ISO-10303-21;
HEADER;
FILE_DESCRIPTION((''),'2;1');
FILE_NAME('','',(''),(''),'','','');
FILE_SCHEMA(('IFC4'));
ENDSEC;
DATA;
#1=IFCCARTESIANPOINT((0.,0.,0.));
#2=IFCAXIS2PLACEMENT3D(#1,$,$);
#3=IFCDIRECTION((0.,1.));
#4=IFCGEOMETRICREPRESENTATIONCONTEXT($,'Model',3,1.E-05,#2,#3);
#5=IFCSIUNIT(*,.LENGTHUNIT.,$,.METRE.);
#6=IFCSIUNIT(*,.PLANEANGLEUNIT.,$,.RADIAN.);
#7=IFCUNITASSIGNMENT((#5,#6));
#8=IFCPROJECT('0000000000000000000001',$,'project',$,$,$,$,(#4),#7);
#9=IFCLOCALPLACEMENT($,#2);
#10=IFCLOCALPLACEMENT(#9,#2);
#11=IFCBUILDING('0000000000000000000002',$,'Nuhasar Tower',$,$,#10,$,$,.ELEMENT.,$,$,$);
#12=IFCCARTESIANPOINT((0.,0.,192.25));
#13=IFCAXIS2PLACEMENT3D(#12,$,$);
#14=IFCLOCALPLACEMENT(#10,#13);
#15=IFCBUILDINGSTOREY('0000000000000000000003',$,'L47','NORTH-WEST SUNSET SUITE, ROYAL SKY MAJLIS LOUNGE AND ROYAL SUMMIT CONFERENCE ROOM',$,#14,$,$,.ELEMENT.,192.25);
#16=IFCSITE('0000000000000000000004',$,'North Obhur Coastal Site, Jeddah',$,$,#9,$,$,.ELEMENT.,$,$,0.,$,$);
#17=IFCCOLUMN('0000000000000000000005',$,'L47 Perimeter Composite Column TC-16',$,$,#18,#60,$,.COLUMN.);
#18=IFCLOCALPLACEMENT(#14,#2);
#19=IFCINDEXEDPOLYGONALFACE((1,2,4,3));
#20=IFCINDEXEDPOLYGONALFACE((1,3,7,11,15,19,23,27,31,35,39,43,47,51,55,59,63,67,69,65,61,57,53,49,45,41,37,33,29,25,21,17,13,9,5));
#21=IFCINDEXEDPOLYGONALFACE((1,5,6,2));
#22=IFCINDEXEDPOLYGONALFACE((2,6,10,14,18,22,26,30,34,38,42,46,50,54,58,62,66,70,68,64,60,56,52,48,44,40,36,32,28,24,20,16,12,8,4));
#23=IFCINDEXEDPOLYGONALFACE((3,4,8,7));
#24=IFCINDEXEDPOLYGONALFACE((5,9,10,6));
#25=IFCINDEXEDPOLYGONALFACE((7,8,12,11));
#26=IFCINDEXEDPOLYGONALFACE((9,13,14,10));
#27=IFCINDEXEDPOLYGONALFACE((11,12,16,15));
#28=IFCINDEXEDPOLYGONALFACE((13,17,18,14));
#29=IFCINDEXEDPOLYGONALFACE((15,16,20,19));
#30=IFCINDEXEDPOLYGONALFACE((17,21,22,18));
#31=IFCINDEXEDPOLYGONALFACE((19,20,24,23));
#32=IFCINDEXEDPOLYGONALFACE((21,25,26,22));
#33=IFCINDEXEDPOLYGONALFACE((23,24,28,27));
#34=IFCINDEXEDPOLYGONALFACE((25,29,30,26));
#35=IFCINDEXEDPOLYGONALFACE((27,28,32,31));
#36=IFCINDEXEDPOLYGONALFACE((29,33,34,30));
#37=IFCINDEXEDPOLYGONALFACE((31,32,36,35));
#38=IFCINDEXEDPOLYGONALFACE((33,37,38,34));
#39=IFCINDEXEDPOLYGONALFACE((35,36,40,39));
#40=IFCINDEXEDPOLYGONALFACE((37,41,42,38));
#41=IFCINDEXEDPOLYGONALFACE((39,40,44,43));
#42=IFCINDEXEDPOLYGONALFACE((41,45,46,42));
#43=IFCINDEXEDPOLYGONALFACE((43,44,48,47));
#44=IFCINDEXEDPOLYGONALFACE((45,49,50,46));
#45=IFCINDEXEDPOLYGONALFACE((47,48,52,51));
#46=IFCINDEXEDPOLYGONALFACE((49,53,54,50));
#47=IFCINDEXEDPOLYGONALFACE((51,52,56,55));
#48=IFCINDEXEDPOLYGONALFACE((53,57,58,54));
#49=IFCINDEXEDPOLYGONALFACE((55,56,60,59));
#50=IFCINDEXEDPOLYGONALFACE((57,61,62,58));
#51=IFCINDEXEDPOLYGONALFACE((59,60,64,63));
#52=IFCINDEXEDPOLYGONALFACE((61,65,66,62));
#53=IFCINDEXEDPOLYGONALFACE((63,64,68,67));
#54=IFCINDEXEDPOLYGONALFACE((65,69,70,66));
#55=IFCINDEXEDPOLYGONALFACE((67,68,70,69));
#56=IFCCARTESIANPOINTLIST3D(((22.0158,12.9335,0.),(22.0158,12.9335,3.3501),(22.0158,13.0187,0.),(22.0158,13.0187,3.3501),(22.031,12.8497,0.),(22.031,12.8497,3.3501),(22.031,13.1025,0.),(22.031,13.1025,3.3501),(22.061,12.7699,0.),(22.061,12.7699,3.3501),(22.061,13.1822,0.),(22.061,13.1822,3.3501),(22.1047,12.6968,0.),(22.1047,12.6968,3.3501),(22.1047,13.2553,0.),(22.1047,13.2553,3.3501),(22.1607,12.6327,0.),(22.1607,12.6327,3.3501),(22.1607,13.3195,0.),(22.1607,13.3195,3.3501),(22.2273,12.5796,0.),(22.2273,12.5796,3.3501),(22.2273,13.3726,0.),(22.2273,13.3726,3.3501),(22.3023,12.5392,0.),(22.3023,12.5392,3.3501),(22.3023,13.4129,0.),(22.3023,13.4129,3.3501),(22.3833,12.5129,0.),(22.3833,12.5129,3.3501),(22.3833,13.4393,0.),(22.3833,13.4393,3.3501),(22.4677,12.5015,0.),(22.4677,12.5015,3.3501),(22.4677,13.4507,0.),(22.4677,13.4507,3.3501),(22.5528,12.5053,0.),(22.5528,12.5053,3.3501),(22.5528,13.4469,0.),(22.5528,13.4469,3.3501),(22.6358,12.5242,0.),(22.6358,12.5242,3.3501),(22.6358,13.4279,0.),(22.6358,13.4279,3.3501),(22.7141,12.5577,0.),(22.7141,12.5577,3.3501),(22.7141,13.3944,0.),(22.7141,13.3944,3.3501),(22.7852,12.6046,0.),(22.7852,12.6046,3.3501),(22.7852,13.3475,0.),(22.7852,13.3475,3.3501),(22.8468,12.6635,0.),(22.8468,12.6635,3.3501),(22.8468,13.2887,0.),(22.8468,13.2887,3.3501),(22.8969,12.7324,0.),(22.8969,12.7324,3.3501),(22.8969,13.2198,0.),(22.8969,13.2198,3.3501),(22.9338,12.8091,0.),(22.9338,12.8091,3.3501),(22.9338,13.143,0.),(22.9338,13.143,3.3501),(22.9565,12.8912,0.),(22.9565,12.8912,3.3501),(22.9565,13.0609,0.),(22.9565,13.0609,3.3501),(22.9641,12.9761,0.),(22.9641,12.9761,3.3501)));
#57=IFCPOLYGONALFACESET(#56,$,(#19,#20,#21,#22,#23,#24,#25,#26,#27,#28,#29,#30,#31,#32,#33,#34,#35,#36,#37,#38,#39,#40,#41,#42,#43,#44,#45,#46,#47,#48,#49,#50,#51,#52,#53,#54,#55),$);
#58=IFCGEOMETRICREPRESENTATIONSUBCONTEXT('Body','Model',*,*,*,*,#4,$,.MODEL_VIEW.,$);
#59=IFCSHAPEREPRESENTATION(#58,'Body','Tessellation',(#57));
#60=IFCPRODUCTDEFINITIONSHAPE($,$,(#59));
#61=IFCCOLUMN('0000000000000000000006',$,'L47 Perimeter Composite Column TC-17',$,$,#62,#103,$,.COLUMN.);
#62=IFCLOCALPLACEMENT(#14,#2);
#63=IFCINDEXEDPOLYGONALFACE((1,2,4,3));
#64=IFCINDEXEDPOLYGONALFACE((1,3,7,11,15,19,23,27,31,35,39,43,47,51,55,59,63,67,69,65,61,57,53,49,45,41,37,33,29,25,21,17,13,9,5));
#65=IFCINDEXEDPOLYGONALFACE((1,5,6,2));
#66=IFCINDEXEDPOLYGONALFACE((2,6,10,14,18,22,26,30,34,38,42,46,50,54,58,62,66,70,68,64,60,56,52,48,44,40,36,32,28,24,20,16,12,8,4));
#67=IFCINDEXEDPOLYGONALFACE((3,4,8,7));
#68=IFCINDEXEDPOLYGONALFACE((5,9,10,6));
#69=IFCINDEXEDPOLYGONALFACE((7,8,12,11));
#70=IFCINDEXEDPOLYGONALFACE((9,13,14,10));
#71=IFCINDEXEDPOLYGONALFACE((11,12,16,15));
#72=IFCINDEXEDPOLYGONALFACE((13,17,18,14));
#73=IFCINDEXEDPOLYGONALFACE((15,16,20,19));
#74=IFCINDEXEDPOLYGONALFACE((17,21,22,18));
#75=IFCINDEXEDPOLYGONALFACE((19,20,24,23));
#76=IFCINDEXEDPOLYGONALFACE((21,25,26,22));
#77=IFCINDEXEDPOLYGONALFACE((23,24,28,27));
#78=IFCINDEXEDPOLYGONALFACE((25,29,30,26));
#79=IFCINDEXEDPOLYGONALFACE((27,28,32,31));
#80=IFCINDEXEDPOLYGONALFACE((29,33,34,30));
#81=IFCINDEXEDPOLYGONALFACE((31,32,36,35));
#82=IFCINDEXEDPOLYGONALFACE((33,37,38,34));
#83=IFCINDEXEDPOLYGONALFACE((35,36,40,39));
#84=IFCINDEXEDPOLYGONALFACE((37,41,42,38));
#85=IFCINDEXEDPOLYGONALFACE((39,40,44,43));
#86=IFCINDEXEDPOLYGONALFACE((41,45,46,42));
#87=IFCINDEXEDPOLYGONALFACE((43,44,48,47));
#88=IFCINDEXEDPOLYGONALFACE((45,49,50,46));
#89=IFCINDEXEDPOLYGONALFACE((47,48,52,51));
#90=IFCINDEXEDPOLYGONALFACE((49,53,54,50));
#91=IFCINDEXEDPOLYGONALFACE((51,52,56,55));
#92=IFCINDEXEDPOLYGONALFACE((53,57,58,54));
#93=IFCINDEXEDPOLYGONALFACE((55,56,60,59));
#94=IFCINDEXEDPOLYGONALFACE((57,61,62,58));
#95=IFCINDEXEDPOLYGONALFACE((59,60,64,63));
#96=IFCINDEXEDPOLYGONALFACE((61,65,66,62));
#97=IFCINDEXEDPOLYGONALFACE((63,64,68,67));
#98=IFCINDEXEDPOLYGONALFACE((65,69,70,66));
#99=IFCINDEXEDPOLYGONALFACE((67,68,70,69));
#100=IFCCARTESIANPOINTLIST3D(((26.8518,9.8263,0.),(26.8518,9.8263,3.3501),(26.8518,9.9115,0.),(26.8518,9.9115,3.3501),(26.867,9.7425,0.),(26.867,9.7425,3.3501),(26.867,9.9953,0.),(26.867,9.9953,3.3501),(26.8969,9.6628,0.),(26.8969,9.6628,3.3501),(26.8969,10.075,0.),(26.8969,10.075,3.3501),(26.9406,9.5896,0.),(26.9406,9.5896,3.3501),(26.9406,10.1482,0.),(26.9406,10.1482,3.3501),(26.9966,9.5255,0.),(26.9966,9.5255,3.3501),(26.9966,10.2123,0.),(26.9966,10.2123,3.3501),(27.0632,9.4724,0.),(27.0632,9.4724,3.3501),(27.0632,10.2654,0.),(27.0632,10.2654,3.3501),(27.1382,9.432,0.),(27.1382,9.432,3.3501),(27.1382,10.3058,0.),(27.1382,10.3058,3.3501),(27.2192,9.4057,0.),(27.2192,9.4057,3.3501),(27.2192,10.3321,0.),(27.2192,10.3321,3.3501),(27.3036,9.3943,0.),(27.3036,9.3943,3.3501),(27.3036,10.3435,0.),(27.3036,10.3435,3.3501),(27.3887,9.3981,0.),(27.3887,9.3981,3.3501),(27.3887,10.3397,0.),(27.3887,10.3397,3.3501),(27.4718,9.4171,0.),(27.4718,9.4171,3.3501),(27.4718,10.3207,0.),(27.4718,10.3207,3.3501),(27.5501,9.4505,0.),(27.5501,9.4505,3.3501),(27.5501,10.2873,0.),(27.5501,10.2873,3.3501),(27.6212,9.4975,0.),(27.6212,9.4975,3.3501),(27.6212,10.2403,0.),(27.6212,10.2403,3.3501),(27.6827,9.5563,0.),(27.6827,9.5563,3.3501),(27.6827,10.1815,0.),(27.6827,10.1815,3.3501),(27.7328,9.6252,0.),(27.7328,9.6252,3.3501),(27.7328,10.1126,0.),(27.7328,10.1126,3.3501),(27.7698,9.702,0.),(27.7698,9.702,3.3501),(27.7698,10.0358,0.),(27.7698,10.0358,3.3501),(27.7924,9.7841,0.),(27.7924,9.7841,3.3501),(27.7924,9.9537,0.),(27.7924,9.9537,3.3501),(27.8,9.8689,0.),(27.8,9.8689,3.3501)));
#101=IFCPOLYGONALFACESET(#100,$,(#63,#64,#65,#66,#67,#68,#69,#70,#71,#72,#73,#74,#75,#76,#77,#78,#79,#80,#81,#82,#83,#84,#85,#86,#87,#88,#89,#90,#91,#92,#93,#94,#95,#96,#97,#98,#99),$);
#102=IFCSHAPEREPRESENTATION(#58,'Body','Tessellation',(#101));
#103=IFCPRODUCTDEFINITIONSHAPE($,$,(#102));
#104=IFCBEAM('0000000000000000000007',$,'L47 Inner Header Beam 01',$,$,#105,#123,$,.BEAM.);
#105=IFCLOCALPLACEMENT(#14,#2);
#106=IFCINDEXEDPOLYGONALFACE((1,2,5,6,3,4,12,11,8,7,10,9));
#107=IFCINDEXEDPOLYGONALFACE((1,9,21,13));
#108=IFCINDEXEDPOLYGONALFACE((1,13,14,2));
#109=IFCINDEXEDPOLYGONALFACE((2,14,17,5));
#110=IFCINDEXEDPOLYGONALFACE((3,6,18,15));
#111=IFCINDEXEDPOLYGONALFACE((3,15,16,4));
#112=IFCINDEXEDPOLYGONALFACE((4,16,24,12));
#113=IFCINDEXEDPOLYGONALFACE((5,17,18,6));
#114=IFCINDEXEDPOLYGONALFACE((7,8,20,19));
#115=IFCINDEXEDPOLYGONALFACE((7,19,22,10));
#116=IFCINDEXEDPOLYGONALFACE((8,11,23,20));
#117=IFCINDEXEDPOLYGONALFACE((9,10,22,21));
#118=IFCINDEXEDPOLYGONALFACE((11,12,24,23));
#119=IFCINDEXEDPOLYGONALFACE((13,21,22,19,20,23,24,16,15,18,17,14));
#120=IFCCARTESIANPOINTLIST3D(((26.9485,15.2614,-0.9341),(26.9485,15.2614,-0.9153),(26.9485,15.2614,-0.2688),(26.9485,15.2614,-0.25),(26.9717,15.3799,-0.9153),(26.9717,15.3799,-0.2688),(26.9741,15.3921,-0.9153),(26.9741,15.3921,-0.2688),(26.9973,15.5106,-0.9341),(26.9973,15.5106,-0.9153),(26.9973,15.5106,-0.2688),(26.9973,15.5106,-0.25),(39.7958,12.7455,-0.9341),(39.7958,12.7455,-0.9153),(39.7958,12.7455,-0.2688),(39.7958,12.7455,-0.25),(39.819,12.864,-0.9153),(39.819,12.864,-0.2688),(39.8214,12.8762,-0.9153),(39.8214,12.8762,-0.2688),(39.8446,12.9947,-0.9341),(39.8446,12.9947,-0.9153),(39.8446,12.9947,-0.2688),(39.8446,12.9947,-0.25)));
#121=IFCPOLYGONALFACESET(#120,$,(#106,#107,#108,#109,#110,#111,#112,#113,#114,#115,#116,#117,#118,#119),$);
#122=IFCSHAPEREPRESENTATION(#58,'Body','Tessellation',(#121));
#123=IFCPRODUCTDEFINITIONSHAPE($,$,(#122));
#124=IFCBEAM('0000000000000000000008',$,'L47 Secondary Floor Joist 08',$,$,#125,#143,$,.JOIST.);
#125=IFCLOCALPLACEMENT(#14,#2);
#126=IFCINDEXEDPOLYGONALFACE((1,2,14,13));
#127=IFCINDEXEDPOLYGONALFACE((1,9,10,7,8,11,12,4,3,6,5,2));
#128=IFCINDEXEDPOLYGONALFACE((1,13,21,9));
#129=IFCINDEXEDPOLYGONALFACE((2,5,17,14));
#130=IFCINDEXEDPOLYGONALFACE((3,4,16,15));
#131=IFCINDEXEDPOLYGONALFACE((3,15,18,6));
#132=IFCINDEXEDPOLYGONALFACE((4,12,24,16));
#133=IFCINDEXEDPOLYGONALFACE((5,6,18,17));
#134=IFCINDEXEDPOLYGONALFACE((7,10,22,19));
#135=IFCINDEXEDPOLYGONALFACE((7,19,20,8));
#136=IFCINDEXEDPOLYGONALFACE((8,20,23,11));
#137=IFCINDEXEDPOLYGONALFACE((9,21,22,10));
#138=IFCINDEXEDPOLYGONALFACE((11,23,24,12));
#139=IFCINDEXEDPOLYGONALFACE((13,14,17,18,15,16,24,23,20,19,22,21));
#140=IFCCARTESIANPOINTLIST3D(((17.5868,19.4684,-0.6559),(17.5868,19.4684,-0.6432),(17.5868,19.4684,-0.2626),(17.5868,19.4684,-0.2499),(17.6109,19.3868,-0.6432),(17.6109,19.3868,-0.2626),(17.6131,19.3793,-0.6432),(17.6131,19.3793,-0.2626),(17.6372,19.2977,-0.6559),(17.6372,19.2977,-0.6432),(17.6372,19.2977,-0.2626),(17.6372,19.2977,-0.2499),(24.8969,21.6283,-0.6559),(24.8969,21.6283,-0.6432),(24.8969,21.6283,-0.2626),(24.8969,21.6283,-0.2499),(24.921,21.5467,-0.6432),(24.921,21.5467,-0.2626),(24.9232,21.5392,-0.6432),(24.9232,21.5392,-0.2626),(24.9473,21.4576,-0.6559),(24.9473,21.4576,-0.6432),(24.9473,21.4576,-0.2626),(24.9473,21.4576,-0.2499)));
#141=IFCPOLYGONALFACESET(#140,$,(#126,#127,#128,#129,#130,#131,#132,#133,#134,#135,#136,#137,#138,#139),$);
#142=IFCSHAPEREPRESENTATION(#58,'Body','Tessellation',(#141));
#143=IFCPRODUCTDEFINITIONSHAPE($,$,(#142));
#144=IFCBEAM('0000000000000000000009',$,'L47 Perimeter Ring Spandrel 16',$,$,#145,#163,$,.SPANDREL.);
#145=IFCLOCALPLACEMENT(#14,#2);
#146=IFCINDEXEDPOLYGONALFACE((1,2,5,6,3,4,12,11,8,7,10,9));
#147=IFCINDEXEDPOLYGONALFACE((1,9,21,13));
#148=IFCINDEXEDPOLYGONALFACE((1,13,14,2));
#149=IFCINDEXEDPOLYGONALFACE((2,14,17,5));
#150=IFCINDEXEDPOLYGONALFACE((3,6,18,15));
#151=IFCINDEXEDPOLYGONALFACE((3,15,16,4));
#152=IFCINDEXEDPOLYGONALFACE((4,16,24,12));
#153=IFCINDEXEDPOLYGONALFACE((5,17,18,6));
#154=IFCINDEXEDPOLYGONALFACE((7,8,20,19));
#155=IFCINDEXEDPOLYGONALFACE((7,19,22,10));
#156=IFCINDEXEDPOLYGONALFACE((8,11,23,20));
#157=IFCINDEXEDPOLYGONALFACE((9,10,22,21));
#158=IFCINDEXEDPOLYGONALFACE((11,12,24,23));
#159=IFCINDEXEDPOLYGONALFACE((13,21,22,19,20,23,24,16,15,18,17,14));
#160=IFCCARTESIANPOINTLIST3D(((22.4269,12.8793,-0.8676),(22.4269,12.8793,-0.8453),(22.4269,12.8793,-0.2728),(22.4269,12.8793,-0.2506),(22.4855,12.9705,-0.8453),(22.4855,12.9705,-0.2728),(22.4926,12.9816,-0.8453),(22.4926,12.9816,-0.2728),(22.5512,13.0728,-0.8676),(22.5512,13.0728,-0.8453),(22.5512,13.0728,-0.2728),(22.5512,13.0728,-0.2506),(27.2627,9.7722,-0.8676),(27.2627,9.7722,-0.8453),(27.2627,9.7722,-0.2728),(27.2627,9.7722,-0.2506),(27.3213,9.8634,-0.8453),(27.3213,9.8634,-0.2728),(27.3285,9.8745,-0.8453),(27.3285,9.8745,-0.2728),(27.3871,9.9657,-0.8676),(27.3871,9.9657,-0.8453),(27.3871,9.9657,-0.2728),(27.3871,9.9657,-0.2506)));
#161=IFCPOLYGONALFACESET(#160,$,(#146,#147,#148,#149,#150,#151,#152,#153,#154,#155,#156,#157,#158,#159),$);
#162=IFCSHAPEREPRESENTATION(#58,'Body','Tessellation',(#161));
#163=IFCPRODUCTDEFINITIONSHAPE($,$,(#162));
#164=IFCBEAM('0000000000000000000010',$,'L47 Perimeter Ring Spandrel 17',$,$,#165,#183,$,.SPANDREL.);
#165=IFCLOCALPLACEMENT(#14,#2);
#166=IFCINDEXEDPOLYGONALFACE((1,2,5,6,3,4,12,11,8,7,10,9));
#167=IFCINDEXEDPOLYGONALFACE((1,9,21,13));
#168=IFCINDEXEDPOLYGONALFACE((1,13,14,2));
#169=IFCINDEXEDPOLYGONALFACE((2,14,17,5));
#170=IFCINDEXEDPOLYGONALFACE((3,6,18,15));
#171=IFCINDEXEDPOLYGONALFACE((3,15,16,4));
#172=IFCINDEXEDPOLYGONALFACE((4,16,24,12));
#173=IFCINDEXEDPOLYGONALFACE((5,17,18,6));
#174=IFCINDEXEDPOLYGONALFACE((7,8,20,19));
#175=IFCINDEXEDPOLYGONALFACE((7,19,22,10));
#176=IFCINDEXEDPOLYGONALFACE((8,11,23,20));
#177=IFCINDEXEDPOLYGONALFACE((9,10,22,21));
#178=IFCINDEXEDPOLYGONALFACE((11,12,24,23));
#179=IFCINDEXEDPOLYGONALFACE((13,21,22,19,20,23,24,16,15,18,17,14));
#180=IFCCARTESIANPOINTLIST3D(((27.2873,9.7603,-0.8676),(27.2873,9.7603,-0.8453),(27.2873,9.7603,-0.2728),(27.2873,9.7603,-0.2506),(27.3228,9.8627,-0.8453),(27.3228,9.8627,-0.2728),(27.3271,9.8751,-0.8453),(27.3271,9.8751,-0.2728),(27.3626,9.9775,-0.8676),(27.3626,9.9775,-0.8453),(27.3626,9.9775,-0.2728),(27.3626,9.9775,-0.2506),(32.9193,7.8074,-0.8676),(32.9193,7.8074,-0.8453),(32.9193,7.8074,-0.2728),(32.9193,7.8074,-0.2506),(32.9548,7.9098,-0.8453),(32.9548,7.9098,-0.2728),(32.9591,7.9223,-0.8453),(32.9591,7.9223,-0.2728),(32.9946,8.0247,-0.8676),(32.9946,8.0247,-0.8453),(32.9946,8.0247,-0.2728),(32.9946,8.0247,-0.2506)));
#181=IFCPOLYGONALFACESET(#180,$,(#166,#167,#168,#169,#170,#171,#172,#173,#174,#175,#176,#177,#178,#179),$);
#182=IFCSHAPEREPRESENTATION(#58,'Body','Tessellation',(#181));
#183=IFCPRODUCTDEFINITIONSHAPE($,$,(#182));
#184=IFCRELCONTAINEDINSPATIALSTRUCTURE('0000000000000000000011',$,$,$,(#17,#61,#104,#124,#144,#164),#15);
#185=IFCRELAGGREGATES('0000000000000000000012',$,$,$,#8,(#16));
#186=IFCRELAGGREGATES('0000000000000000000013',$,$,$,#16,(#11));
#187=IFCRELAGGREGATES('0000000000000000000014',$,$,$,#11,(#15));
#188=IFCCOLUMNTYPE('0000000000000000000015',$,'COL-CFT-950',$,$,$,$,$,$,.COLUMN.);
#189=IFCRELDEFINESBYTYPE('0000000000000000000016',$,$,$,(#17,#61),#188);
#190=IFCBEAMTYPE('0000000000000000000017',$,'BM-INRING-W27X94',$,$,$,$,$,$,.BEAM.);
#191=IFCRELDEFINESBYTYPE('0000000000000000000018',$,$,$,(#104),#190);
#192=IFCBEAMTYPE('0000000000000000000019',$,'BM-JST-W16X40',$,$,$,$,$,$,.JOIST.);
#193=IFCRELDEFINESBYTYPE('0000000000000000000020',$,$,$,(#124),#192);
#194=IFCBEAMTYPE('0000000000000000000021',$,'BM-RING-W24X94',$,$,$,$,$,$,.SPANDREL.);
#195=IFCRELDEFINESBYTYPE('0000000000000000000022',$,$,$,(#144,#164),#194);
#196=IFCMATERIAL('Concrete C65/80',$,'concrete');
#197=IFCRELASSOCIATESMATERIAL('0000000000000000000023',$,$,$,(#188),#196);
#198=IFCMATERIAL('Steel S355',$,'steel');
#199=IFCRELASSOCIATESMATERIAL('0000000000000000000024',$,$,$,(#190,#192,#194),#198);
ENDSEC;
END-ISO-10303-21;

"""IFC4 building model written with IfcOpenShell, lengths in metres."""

from ifc_helpers import new_model, si_unit, direction, frame, origin, origin_2d, place, context, subcontext, project, spatial, circle, i_section, extrude, material, material_profile, profile_set, type_object, element, save


model = new_model("IFC4")

# Units and contexts
model_context = context("Model", 3, precision=1e-05, world=origin(), true_north=direction((0.0, 1.0)))
body_context = subcontext(model_context, "Body", "Model", "MODEL_VIEW")
ifc_project = project(units=[si_unit("LENGTHUNIT", "METRE"), si_unit("PLANEANGLEUNIT", "RADIAN")], contexts=[model_context])

# Site, building, storey
site_placement = place(None, origin())
site = spatial("IfcSite", under=ifc_project, at=site_placement, Name="North Obhur Coastal Site, Jeddah", CompositionType="ELEMENT", RefElevation=0.0)
building_placement = place(site_placement, origin())
building = spatial("IfcBuilding", under=site, at=building_placement, Name="Nuhasar Tower", CompositionType="ELEMENT")
storey_placement = place(building_placement, frame((0.0, 0.0, 192.25)))
storey = spatial("IfcBuildingStorey", under=building, at=storey_placement, Name="L47", Description="NORTH-WEST SUNSET SUITE, ROYAL SKY MAJLIS LOUNGE AND ROYAL SUMMIT CONFERENCE ROOM", CompositionType="ELEMENT", Elevation=192.25)

# Columns
ifc_material_1 = material(Name="Concrete C65/80", Category="concrete")
ifc_material_profile_1 = material_profile(ifc_material_1, circle(Radius=0.4751, at=origin_2d()), Name="CFT950")
ifc_profile_set_1 = profile_set([ifc_material_profile_1], Name="Concrete C65/80")
column_type = type_object("IfcColumnType", Name="COL-CFT-950", PredefinedType="COLUMN", material=ifc_profile_set_1)
for number, where, z_axis, x_axis, name in (
    (1, (22.489, 12.9761, 0.0), (0.0, 0.0, 1.0), (1.0, 0.0, 0.0), "L47 Perimeter Composite Column TC-16"),
    (2, (27.325, 9.8689, 0.0), (0.0, 0.0, 1.0), (1.0, 0.0, 0.0), "L47 Perimeter Composite Column TC-17"),
):
    element("IfcColumn", number, at=place(storey_placement, frame(where, z_axis=z_axis, x_axis=x_axis)), inside=storey, type_object=column_type, Name=name, PredefinedType="COLUMN", context=body_context, shape_type="SweptSolid", body=[
        extrude(circle(Radius=0.4751, at=origin_2d()), origin(), (0.0, 0.0, 1.0), 3.3501),
    ])

# Beams
ifc_material_2 = material(Name="Steel S355", Category="steel")
ifc_material_profile_2 = material_profile(ifc_material_2, i_section(OverallWidth=0.2539, OverallDepth=0.6841, WebThickness=0.0125, FlangeThickness=0.0188, at=origin_2d()), Name="W27X94")
ifc_profile_set_2 = profile_set([ifc_material_profile_2], Name="Steel S355")
beam_type_1 = type_object("IfcBeamType", Name="BM-INRING-W27X94", PredefinedType="BEAM", material=ifc_profile_set_2)
beam_1_placement = place(storey_placement, frame((26.9729, 15.386, -0.592), z_axis=(0.98136, -0.19218, 0.0), x_axis=(0.19218, 0.98136, 0.0)))
element("IfcBeam", 3, at=beam_1_placement, inside=storey, type_object=beam_type_1, Name="L47 Inner Header Beam 01", PredefinedType="BEAM", context=body_context, shape_type="SweptSolid", body=[
    extrude(i_section(OverallWidth=0.2539, OverallDepth=0.6841, WebThickness=0.0125, FlangeThickness=0.0188, at=origin_2d()), origin(), (0.0, 0.0, 1.0), 13.0913),
])
ifc_material_profile_3 = material_profile(ifc_material_2, i_section(OverallWidth=0.178, OverallDepth=0.406, WebThickness=0.0078, FlangeThickness=0.0127, at=origin_2d()), Name="W16X40")
ifc_profile_set_3 = profile_set([ifc_material_profile_3], Name="Steel S355")
beam_type_2 = type_object("IfcBeamType", Name="BM-JST-W16X40", PredefinedType="JOIST", material=ifc_profile_set_3)
beam_2_placement = place(storey_placement, frame((24.9221, 21.543, -0.4529), z_axis=(-0.959013, -0.283361, 0.0), x_axis=(0.283361, -0.959013, 0.0)))
element("IfcBeam", 4, at=beam_2_placement, inside=storey, type_object=beam_type_2, Name="L47 Secondary Floor Joist 08", PredefinedType="JOIST", context=body_context, shape_type="SweptSolid", body=[
    extrude(i_section(OverallWidth=0.178, OverallDepth=0.406, WebThickness=0.0078, FlangeThickness=0.0127, at=origin_2d()), origin(), (0.0, 0.0, 1.0), 7.6226),
])
ifc_material_profile_4 = material_profile(ifc_material_2, i_section(OverallWidth=0.23, OverallDepth=0.6169, WebThickness=0.0132, FlangeThickness=0.0222, at=origin_2d()), Name="W24X94")
ifc_profile_set_4 = profile_set([ifc_material_profile_4], Name="Steel S355")
beam_type_3 = type_object("IfcBeamType", Name="BM-RING-W24X94", PredefinedType="SPANDREL", material=ifc_profile_set_4)
beam_3_placement = place(storey_placement, frame((22.489, 12.9761, -0.5591), z_axis=(0.841308, -0.540556, 0.0), x_axis=(0.540556, 0.841308, 0.0)))
element("IfcBeam", 5, at=beam_3_placement, inside=storey, type_object=beam_type_3, Name="L47 Perimeter Ring Spandrel 16", PredefinedType="SPANDREL", context=body_context, shape_type="SweptSolid", body=[
    extrude(i_section(OverallWidth=0.23, OverallDepth=0.6169, WebThickness=0.0132, FlangeThickness=0.0222, at=origin_2d()), origin(), (0.0, 0.0, 1.0), 5.748),
])
beam_4_placement = place(storey_placement, frame((27.325, 9.8689, -0.5591), z_axis=(0.944814, -0.327607, 0.0), x_axis=(0.327607, 0.944814, 0.0)))
element("IfcBeam", 6, at=beam_4_placement, inside=storey, type_object=beam_type_3, Name="L47 Perimeter Ring Spandrel 17", PredefinedType="SPANDREL", context=body_context, shape_type="SweptSolid", body=[
    extrude(i_section(OverallWidth=0.23, OverallDepth=0.6169, WebThickness=0.0132, FlangeThickness=0.0222, at=origin_2d()), origin(), (0.0, 0.0, 1.0), 5.9609),
])

save(model, "model.ifc")
